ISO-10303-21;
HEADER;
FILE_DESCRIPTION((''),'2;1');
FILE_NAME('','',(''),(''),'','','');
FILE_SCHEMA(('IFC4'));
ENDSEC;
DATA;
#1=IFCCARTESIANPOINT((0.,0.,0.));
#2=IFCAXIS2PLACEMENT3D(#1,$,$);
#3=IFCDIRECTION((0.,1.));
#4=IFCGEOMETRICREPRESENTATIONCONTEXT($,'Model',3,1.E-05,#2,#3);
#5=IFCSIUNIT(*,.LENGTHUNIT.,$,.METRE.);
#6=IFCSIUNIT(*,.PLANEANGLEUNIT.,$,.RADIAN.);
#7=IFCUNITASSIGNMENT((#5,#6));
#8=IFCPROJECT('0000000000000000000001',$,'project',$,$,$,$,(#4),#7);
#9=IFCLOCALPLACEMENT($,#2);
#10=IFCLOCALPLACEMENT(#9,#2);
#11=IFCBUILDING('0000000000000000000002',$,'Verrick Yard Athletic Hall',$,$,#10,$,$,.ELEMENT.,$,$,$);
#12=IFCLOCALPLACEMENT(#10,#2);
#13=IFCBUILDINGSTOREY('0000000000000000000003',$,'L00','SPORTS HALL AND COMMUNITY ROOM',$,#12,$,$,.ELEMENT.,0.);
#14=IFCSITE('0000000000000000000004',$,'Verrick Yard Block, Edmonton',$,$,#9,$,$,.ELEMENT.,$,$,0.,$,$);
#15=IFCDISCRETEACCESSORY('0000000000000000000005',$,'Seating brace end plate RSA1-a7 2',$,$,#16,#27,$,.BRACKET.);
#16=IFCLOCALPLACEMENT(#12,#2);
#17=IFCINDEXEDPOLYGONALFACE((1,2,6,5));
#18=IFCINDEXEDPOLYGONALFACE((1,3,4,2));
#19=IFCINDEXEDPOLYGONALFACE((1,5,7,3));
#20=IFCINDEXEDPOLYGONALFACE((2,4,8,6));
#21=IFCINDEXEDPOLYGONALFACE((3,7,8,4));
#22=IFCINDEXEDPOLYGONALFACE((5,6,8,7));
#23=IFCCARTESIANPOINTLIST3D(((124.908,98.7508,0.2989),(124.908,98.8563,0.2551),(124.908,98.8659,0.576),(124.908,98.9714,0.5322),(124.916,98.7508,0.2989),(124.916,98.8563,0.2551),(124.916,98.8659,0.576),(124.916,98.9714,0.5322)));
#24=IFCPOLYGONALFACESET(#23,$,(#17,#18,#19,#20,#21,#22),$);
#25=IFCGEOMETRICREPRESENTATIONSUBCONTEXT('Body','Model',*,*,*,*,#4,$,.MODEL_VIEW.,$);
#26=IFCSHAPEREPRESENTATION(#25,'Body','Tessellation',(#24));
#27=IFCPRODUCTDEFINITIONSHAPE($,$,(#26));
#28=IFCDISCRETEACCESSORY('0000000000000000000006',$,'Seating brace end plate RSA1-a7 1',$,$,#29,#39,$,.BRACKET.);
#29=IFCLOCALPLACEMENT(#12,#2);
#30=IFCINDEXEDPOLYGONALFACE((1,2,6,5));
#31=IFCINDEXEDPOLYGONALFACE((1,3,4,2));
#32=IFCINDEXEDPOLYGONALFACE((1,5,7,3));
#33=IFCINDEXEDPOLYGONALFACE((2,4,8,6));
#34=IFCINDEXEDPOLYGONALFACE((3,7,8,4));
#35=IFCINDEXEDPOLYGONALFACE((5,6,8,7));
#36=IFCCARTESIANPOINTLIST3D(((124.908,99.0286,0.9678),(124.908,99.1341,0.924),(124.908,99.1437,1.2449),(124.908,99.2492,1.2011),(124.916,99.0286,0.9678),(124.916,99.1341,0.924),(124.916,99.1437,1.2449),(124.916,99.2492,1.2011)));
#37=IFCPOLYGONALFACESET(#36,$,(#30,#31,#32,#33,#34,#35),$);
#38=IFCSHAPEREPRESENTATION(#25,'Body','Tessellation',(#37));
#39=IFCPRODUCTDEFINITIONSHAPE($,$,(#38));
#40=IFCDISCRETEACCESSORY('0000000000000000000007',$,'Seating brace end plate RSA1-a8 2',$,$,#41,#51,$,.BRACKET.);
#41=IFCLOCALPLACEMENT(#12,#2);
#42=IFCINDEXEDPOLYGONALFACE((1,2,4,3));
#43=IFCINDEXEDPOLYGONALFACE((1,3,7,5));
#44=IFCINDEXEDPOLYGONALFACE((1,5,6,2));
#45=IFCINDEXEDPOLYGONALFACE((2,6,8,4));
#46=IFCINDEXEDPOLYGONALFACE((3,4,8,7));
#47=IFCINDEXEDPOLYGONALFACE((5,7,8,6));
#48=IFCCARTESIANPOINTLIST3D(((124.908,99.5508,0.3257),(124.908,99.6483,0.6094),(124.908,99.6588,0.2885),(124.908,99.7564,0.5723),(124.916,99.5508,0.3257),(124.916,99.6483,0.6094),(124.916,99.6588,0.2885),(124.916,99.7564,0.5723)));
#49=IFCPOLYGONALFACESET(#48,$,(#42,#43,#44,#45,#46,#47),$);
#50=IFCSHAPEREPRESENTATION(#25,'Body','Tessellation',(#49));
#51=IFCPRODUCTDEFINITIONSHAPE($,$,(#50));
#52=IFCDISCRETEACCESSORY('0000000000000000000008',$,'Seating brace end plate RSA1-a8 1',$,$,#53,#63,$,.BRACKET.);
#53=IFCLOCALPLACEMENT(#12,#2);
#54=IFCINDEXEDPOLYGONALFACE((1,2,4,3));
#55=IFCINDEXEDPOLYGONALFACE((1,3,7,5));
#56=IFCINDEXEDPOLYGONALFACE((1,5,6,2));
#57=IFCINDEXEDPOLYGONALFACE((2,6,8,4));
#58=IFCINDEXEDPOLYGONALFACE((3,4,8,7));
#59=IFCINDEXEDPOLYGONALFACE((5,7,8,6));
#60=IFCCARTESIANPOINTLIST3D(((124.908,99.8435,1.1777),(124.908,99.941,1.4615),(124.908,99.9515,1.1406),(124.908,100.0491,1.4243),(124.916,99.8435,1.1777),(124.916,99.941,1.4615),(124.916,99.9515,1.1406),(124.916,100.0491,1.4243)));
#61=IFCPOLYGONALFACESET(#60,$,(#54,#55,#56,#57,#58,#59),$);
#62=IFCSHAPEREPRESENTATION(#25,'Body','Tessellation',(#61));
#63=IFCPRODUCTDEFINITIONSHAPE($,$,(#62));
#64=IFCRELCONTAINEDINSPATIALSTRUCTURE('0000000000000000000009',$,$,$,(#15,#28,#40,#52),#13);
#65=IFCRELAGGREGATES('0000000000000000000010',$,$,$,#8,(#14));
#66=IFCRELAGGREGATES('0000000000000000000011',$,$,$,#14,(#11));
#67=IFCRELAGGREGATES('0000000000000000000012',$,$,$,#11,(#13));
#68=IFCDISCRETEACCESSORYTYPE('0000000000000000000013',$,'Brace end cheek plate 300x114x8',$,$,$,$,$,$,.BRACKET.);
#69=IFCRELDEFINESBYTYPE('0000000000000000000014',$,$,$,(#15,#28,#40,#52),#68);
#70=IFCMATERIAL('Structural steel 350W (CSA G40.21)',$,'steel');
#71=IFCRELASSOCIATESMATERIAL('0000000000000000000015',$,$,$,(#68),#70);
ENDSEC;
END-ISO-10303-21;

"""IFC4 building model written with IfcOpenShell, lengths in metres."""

from ifc_helpers import new_model, si_unit, direction, frame, origin, origin_2d, place, context, subcontext, project, spatial, rectangle, extrude, material, material_profile, profile_set, type_object, element, save


model = new_model("IFC4")

# Units and contexts
model_context = context("Model", 3, precision=1e-05, world=origin(), true_north=direction((0.0, 1.0)))
body_context = subcontext(model_context, "Body", "Model", "MODEL_VIEW")
ifc_project = project(units=[si_unit("LENGTHUNIT", "METRE"), si_unit("PLANEANGLEUNIT", "RADIAN")], contexts=[model_context])

# Site, building, storey
site_placement = place(None, origin())
site = spatial("IfcSite", under=ifc_project, at=site_placement, Name="Verrick Yard Block, Edmonton", CompositionType="ELEMENT", RefElevation=0.0)
building_placement = place(site_placement, origin())
building = spatial("IfcBuilding", under=site, at=building_placement, Name="Verrick Yard Athletic Hall", CompositionType="ELEMENT")
storey_placement = place(building_placement, origin())
storey = spatial("IfcBuildingStorey", under=building, at=storey_placement, Name="L00", Description="SPORTS HALL AND COMMUNITY ROOM", CompositionType="ELEMENT", Elevation=0.0)

# Discrete accessories
ifc_material_1 = material(Name="Structural steel 350W (CSA G40.21)", Category="steel")
ifc_material_profile_1 = material_profile(ifc_material_1, rectangle(XDim=0.3, YDim=0.1143, at=origin_2d()), Name="Brace end cheek plate")
ifc_profile_set_1 = profile_set([ifc_material_profile_1], Name="Structural steel 350W (CSA G40.21)")
discrete_accessory_type = type_object("IfcDiscreteAccessoryType", Name="Brace end cheek plate 300x114x8", PredefinedType="BRACKET", material=ifc_profile_set_1)
for number, where, z_axis, x_axis, name in (
    (1, (124.908, 98.8611, 0.4155), (1.0, 0.0, 0.0), (0.0, 0.383566, 0.923513), "Seating brace end plate RSA1-a7 2"),
    (2, (124.908, 99.1389, 1.0845), (1.0, 0.0, 0.0), (0.0, -0.383566, -0.923513), "Seating brace end plate RSA1-a7 1"),
    (3, (124.908, 99.6536, 0.449), (1.0, 0.0, 0.0), (0.0, 0.325058, 0.945694), "Seating brace end plate RSA1-a8 2"),
    (4, (124.908, 99.9463, 1.301), (1.0, 0.0, 0.0), (0.0, -0.325058, -0.945694), "Seating brace end plate RSA1-a8 1"),
):
    element("IfcDiscreteAccessory", number, at=place(storey_placement, frame(where, z_axis=z_axis, x_axis=x_axis)), inside=storey, type_object=discrete_accessory_type, Name=name, PredefinedType="BRACKET", context=body_context, shape_type="SweptSolid", body=[
        extrude(rectangle(XDim=0.3, YDim=0.1143, at=origin_2d()), origin(), (0.0, 0.0, 1.0), 0.0081),
    ])

save(model, "model.ifc")
